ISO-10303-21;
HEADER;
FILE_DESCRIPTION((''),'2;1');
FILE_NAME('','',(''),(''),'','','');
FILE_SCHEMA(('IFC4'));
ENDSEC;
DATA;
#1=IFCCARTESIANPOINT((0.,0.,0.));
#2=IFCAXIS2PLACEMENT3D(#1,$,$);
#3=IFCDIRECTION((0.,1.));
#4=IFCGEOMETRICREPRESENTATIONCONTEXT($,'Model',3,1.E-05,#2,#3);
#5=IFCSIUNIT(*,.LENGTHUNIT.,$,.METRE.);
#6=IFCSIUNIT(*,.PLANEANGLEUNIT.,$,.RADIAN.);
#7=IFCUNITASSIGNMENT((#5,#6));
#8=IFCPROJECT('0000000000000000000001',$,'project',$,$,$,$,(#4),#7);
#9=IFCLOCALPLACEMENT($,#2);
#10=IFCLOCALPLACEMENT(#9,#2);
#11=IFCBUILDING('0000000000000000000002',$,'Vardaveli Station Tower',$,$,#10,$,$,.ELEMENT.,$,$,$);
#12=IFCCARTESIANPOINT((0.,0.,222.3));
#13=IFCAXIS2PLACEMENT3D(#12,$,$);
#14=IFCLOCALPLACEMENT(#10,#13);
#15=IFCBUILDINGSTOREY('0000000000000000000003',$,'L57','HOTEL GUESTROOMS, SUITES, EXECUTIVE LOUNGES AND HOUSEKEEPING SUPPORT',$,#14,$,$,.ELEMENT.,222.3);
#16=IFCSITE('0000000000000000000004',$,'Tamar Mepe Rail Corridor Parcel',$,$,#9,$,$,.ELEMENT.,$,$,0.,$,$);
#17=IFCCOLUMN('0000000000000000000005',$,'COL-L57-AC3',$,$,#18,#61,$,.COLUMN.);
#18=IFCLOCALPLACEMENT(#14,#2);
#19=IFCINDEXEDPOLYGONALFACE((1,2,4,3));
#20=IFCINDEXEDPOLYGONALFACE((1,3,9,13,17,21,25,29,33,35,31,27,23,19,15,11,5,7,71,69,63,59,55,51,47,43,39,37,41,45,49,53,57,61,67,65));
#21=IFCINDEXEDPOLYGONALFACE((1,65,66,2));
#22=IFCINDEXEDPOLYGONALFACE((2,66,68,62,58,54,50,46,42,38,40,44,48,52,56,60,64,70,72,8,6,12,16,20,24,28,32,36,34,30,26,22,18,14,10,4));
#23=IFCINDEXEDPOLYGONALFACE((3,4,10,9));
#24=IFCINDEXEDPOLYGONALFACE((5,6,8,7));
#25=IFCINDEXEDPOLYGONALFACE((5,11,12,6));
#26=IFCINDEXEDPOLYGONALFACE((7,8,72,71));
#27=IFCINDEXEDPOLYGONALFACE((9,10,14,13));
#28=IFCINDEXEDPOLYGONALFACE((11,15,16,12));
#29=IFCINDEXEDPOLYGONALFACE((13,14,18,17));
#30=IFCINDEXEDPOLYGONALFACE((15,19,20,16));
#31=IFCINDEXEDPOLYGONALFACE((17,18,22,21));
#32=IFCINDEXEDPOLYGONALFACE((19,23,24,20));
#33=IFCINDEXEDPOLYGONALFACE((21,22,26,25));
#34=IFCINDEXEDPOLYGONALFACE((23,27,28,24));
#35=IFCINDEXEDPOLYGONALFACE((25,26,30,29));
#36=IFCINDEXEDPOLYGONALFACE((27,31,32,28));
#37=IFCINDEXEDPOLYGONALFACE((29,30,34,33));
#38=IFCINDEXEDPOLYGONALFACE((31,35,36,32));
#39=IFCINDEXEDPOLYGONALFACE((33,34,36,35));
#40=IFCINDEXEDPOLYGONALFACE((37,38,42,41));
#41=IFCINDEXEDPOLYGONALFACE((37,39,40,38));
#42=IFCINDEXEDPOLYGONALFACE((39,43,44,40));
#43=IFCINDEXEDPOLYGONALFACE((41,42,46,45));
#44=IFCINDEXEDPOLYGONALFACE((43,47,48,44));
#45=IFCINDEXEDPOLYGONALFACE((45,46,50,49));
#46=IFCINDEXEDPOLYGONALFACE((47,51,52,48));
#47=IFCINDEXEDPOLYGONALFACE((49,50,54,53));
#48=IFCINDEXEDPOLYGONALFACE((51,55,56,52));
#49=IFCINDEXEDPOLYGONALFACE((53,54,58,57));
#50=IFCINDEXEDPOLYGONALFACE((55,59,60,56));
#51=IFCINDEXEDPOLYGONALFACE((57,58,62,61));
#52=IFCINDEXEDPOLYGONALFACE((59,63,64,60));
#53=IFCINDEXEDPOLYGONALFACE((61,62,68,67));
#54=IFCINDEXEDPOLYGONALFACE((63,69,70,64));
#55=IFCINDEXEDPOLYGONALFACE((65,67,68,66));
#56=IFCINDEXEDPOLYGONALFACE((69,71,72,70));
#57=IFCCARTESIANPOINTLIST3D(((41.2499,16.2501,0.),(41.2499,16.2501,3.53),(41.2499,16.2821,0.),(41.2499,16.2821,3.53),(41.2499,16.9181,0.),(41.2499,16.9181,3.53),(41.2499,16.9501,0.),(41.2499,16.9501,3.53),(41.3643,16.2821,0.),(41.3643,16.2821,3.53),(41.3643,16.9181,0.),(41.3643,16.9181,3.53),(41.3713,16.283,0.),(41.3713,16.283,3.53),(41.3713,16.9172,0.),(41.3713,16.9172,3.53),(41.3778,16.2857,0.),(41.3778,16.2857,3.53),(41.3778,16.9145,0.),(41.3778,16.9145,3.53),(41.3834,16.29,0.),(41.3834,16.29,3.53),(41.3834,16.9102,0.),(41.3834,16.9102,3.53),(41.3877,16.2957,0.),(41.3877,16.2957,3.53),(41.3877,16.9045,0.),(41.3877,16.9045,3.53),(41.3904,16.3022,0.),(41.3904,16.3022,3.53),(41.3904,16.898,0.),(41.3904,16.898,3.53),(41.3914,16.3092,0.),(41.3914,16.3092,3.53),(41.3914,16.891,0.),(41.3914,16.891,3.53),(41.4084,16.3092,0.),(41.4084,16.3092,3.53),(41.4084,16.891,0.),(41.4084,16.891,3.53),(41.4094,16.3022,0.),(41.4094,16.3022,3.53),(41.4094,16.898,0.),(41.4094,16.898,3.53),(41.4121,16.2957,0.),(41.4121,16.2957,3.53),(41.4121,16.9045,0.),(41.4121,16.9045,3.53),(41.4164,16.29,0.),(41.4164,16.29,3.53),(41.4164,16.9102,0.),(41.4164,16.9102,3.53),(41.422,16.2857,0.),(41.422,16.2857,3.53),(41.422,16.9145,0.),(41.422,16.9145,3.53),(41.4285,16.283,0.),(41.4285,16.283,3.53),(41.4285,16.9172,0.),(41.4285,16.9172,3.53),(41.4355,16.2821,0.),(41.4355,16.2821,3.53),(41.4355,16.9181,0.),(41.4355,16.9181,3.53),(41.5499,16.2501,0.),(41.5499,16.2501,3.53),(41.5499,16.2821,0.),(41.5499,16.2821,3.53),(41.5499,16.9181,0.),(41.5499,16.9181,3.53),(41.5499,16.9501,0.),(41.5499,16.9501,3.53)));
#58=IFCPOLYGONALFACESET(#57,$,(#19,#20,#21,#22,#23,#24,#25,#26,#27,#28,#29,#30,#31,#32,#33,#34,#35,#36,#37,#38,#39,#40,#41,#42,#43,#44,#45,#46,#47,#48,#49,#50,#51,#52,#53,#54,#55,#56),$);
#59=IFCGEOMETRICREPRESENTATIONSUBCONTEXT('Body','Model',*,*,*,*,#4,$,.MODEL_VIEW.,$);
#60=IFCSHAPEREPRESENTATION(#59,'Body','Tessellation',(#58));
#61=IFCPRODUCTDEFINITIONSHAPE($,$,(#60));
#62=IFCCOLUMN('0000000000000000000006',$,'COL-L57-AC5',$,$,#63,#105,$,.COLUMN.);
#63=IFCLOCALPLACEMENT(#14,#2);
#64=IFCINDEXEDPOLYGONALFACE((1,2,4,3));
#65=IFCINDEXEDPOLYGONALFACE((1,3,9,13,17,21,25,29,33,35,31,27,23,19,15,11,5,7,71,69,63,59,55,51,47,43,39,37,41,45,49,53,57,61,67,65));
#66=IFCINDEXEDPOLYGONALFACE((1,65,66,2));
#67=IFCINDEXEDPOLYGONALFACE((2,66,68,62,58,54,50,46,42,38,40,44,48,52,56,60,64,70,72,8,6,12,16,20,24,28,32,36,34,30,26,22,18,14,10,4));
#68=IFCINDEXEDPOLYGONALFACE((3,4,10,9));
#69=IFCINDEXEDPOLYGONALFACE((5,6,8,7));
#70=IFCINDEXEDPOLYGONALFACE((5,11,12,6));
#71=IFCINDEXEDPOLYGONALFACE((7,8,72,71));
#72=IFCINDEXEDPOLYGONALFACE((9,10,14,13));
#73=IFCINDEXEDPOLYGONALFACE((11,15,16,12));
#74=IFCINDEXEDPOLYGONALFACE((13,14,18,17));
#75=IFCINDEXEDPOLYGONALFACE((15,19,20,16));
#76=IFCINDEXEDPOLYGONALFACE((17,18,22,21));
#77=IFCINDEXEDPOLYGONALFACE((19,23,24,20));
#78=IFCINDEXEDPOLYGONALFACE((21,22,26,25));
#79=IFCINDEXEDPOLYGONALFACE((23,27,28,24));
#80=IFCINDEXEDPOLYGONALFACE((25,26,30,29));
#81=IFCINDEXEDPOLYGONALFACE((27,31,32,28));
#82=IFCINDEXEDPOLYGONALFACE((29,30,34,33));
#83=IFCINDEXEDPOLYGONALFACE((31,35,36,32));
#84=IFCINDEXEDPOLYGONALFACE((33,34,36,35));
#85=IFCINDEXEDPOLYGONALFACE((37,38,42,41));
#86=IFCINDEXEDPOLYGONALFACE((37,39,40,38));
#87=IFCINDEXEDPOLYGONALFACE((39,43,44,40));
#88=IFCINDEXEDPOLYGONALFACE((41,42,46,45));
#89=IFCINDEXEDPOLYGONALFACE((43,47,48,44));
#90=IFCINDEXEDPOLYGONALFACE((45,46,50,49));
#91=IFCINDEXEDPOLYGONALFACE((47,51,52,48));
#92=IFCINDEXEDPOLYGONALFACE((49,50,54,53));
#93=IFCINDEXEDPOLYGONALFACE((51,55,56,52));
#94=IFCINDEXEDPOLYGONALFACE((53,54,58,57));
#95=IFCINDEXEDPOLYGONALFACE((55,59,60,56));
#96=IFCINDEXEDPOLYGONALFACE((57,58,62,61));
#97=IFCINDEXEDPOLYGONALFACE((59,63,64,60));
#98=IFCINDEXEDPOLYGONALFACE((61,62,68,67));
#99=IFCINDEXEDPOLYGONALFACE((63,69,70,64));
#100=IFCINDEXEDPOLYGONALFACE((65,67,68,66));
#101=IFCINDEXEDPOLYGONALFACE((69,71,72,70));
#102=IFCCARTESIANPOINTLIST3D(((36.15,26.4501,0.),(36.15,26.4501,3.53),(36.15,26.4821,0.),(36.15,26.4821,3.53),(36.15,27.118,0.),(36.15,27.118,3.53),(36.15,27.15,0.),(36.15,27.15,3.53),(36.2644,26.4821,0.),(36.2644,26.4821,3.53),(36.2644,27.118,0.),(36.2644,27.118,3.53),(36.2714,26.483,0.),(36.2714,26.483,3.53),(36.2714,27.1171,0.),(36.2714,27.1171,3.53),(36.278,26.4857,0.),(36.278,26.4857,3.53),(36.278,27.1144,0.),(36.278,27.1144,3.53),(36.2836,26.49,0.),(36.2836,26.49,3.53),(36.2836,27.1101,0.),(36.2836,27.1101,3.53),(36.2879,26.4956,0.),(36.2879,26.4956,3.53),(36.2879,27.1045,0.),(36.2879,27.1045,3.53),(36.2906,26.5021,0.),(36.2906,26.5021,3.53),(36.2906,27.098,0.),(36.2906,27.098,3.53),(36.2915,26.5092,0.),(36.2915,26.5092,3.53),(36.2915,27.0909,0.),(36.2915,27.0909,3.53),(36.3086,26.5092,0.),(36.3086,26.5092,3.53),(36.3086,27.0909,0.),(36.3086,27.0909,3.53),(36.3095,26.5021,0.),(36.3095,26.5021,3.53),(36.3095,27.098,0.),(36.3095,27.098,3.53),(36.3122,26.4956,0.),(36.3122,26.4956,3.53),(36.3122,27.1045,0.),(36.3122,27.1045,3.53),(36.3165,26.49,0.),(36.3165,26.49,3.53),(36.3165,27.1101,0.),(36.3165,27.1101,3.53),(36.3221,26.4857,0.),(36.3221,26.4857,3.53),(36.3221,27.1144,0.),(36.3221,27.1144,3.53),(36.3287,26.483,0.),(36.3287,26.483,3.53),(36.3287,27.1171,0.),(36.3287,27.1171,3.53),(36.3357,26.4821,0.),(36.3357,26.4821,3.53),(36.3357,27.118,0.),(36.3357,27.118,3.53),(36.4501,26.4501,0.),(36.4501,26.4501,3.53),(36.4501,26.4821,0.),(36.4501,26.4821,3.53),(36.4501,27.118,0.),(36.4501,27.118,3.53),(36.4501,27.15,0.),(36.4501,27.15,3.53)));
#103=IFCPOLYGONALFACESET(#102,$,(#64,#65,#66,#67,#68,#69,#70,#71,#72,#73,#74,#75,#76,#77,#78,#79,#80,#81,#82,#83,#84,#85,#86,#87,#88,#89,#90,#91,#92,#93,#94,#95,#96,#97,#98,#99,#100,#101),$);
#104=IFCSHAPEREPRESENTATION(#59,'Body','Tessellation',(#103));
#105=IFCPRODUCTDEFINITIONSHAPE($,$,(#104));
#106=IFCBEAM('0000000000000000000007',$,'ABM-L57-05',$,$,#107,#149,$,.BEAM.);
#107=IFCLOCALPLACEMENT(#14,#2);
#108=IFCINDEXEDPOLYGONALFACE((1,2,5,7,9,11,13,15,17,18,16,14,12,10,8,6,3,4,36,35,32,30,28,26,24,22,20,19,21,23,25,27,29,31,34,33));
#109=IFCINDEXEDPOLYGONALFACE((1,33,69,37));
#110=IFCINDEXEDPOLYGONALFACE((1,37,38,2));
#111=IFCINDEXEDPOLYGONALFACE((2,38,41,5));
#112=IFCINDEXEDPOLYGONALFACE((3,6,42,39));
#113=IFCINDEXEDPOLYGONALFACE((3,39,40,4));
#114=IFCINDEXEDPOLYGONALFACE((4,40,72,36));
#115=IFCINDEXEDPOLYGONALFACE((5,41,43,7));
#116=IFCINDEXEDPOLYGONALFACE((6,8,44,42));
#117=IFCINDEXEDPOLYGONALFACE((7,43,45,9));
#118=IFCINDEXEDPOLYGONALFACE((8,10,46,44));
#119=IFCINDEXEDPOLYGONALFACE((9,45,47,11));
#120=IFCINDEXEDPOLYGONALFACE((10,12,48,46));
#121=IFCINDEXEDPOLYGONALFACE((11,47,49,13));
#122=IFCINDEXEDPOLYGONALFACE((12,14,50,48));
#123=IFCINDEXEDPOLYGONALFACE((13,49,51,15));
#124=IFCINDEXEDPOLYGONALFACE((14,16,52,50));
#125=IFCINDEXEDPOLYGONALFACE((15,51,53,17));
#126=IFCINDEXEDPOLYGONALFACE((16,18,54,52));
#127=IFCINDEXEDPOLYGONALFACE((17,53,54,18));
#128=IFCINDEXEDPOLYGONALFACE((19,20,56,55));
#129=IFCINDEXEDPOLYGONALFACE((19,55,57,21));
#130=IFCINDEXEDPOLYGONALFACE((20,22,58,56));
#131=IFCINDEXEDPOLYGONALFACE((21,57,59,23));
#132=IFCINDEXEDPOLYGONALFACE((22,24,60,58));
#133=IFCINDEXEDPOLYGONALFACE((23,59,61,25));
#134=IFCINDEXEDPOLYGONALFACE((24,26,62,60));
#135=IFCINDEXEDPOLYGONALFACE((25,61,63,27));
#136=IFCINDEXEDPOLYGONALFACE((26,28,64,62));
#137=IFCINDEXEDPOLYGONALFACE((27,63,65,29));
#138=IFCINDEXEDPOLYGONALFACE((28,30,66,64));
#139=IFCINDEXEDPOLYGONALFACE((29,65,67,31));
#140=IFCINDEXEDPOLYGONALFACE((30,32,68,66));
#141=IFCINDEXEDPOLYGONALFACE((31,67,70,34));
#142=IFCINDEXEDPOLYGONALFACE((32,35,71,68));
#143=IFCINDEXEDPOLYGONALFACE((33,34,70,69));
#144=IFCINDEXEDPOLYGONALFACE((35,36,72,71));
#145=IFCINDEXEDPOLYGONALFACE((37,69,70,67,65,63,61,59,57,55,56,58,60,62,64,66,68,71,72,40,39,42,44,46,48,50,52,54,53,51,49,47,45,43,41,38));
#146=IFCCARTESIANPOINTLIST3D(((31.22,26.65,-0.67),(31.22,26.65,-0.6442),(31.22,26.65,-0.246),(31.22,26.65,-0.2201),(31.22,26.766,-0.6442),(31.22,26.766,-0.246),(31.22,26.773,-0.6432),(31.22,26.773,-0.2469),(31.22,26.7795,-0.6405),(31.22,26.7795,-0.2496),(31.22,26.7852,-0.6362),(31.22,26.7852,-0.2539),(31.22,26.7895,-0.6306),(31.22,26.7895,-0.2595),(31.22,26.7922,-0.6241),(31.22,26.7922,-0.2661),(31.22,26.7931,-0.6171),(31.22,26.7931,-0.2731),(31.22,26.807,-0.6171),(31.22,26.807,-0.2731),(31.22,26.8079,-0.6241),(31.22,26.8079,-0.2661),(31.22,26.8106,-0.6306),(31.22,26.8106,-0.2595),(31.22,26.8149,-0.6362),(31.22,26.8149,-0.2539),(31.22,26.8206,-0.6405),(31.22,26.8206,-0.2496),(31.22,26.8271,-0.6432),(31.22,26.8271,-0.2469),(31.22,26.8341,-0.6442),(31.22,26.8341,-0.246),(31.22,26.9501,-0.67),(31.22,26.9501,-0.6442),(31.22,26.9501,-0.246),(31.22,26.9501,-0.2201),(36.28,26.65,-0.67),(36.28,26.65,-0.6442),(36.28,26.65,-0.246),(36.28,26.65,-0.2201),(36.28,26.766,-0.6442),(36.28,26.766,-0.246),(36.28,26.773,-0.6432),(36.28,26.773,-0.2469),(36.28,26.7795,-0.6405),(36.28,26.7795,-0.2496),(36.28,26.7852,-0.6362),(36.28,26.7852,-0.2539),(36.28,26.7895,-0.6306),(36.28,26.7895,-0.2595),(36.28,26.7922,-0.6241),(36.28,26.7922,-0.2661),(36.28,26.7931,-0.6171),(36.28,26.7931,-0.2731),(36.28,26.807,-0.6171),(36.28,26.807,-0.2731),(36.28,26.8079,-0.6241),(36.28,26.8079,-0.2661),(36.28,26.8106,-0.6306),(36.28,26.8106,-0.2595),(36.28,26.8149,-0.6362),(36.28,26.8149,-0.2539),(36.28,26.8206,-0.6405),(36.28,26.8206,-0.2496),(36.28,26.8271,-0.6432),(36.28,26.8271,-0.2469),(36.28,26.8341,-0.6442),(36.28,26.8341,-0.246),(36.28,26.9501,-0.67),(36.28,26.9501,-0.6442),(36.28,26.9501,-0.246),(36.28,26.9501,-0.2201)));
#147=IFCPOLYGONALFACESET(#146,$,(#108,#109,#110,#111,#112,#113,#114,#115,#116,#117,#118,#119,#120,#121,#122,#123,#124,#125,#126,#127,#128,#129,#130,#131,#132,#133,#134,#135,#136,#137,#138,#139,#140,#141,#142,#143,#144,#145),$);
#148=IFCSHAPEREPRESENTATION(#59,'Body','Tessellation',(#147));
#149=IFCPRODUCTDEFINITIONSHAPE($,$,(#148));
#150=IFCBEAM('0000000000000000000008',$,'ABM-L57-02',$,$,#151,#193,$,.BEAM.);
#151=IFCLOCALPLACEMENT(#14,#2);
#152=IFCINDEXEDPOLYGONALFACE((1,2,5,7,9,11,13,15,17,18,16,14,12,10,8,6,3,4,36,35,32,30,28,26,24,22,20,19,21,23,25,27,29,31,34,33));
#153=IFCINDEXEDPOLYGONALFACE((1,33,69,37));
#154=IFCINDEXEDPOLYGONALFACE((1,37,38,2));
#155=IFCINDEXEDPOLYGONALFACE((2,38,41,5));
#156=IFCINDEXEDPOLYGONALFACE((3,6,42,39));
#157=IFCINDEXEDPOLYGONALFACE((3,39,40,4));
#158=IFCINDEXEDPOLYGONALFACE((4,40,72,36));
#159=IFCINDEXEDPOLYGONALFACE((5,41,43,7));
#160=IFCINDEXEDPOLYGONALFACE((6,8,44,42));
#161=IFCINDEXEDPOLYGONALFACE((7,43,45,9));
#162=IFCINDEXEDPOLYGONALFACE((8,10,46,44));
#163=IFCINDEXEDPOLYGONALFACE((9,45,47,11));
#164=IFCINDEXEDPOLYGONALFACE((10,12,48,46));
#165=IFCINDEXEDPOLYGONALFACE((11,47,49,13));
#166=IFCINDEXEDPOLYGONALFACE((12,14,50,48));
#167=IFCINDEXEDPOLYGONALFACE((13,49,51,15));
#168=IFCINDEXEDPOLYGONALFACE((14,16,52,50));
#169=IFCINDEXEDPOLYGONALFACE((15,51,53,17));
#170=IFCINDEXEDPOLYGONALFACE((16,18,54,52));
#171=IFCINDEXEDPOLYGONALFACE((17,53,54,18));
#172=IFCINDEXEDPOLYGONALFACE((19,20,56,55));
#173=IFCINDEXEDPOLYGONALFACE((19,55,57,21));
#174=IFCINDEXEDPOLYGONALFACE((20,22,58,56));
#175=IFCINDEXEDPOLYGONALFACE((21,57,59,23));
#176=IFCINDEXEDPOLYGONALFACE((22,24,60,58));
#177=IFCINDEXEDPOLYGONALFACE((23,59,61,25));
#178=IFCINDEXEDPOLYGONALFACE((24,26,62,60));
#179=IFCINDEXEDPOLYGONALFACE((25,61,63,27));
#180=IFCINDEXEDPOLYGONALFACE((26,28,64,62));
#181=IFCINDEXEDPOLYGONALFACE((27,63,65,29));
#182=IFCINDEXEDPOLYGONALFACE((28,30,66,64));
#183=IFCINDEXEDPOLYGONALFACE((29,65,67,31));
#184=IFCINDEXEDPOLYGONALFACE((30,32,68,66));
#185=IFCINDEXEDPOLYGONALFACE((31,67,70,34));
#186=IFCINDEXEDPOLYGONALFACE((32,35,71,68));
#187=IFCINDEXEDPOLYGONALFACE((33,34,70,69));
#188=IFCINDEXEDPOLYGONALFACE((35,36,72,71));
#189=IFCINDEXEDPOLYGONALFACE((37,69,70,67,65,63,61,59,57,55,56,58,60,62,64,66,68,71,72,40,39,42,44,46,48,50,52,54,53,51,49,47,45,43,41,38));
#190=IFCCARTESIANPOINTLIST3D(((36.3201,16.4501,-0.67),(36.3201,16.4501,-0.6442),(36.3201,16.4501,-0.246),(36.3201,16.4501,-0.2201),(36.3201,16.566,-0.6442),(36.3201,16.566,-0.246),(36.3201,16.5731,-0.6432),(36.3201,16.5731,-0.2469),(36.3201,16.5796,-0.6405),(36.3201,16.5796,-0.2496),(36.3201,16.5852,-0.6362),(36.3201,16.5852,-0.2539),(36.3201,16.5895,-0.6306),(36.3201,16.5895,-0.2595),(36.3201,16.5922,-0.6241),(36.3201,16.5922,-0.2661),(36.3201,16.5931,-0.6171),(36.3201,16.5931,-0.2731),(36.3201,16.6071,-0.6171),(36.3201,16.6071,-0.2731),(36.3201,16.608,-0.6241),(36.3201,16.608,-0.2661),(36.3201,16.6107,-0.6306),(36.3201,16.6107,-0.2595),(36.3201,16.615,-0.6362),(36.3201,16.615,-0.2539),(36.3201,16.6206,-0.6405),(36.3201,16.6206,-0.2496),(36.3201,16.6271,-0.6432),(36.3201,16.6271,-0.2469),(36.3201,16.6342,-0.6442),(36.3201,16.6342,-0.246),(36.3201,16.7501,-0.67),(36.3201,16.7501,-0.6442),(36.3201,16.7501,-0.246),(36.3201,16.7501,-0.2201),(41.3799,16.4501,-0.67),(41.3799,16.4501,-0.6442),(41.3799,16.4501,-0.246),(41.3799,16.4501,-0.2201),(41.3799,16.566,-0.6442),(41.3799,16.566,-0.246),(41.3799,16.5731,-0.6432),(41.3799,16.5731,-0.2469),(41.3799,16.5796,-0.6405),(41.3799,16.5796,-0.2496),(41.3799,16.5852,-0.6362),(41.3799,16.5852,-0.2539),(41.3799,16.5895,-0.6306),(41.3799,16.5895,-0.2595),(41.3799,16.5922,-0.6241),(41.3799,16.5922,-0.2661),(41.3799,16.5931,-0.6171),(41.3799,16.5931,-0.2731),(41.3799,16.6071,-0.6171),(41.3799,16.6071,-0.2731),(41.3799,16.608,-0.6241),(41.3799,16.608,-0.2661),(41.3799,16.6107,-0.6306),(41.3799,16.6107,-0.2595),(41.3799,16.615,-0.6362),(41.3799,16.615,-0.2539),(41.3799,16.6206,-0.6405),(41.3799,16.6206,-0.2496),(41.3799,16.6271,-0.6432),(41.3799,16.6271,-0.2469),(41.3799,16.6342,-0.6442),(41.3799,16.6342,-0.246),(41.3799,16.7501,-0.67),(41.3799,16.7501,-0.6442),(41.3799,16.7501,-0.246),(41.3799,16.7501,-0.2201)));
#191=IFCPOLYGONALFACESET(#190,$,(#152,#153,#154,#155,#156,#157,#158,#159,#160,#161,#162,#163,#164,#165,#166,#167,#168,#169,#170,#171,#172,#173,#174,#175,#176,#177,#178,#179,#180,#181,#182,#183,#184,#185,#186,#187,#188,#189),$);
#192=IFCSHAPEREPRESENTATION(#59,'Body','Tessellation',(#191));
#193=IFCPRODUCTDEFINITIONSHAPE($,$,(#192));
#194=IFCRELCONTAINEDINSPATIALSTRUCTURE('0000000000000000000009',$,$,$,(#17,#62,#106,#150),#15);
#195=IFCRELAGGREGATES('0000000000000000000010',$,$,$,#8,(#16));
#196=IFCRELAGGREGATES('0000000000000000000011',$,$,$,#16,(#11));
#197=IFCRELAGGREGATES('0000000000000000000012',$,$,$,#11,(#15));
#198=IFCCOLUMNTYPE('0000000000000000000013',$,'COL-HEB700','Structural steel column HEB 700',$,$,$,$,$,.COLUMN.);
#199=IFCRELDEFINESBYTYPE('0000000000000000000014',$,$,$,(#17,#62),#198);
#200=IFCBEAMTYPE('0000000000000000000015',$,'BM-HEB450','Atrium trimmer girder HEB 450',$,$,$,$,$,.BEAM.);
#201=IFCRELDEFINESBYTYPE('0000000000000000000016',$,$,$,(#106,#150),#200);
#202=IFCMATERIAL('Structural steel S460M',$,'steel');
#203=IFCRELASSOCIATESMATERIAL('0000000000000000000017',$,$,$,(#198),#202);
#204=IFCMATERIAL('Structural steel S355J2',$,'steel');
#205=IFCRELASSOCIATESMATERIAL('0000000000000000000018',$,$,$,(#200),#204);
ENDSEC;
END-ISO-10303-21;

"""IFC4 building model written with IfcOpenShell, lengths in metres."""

from ifc_helpers import new_model, si_unit, direction, frame, origin, origin_2d, place, context, subcontext, project, spatial, i_section, extrude, source, transform, mapped, material, material_profile, profile_set, type_object, element, save


model = new_model("IFC4")

# Units and contexts
model_context = context("Model", 3, precision=1e-05, world=origin(), true_north=direction((0.0, 1.0)))
body_context = subcontext(model_context, "Body", "Model", "MODEL_VIEW")
ifc_project = project(units=[si_unit("LENGTHUNIT", "METRE"), si_unit("PLANEANGLEUNIT", "RADIAN")], contexts=[model_context])

# Site, building, storey
site_placement = place(None, origin())
site = spatial("IfcSite", under=ifc_project, at=site_placement, Name="Tamar Mepe Rail Corridor Parcel", CompositionType="ELEMENT", RefElevation=0.0)
building_placement = place(site_placement, origin())
building = spatial("IfcBuilding", under=site, at=building_placement, Name="Vardaveli Station Tower", CompositionType="ELEMENT")
storey_placement = place(building_placement, frame((0.0, 0.0, 222.3)))
storey = spatial("IfcBuildingStorey", under=building, at=storey_placement, Name="L57", Description="HOTEL GUESTROOMS, SUITES, EXECUTIVE LOUNGES AND HOUSEKEEPING SUPPORT", CompositionType="ELEMENT", Elevation=222.3)

# Columns
ifc_material_1 = material(Name="Structural steel S460M", Category="steel")
ifc_material_profile_1 = material_profile(ifc_material_1, i_section(OverallWidth=0.3, OverallDepth=0.7, WebThickness=0.0171, FlangeThickness=0.032, FilletRadius=0.0271, at=origin_2d()), Name="HEB 700")
ifc_profile_set_1 = profile_set([ifc_material_profile_1], Name="Structural steel S460M")
column_type = type_object("IfcColumnType", Name="COL-HEB700", Description="Structural steel column HEB 700", PredefinedType="COLUMN", material=ifc_profile_set_1)
shared_shape_1 = source(origin(), body_context, "Body", "SweptSolid", [
    extrude(i_section(OverallWidth=0.3, OverallDepth=0.7, WebThickness=0.0171, FlangeThickness=0.032, FilletRadius=0.0271, at=origin_2d()), origin(), (0.0, 0.0, 1.0), 3.53),
])
for number, where, z_axis, x_axis, name in (
    (1, (41.3999, 16.6001, 0.0), (0.0, 0.0, 1.0), (1.0, 0.0, 0.0), "COL-L57-AC3"),
    (2, (36.3, 26.8, 0.0), (0.0, 0.0, 1.0), (1.0, 0.0, 0.0), "COL-L57-AC5"),
):
    element("IfcColumn", number, at=place(storey_placement, frame(where, z_axis=z_axis, x_axis=x_axis)), inside=storey, type_object=column_type, Name=name, PredefinedType="COLUMN", context=body_context, shape_type="MappedRepresentation", body=[
        mapped(shared_shape_1, transform((0.0, 0.0, 0.0), scale=1.0)),
    ])

# Beams
ifc_material_2 = material(Name="Structural steel S355J2", Category="steel")
ifc_material_profile_2 = material_profile(ifc_material_2, i_section(OverallWidth=0.3, OverallDepth=0.45, WebThickness=0.0139, FlangeThickness=0.0259, FilletRadius=0.0271, at=origin_2d()), Name="HEB 450")
ifc_profile_set_2 = profile_set([ifc_material_profile_2], Name="Structural steel S355J2")
beam_type = type_object("IfcBeamType", Name="BM-HEB450", Description="Atrium trimmer girder HEB 450", PredefinedType="BEAM", material=ifc_profile_set_2)
shared_shape_2 = source(origin(), body_context, "Body", "SweptSolid", [
    extrude(i_section(OverallWidth=0.3, OverallDepth=0.45, WebThickness=0.0139, FlangeThickness=0.0259, FilletRadius=0.0271, at=origin_2d()), origin(), (0.0, 0.0, 1.0), 5.0601),
])
beam_1_placement = place(storey_placement, frame((36.28, 26.8, -0.4451), z_axis=(-1.0, 0.0, 0.0), x_axis=(0.0, -1.0, 0.0)))
element("IfcBeam", 3, at=beam_1_placement, inside=storey, type_object=beam_type, Name="ABM-L57-05", PredefinedType="BEAM", context=body_context, shape_type="MappedRepresentation", body=[
    mapped(shared_shape_2, transform((0.0, 0.0, 0.0), scale=1.0)),
])
shared_shape_3 = source(origin(), body_context, "Body", "SweptSolid", [
    extrude(i_section(OverallWidth=0.3, OverallDepth=0.45, WebThickness=0.0139, FlangeThickness=0.0259, FilletRadius=0.0271, at=origin_2d()), origin(), (0.0, 0.0, 1.0), 5.0598),
])
beam_2_placement = place(storey_placement, frame((36.3201, 16.6001, -0.4451), z_axis=(1.0, 0.0, 0.0), x_axis=(0.0, 1.0, 0.0)))
element("IfcBeam", 4, at=beam_2_placement, inside=storey, type_object=beam_type, Name="ABM-L57-02", PredefinedType="BEAM", context=body_context, shape_type="MappedRepresentation", body=[
    mapped(shared_shape_3, transform((0.0, 0.0, 0.0), scale=1.0)),
])

save(model, "model.ifc")
